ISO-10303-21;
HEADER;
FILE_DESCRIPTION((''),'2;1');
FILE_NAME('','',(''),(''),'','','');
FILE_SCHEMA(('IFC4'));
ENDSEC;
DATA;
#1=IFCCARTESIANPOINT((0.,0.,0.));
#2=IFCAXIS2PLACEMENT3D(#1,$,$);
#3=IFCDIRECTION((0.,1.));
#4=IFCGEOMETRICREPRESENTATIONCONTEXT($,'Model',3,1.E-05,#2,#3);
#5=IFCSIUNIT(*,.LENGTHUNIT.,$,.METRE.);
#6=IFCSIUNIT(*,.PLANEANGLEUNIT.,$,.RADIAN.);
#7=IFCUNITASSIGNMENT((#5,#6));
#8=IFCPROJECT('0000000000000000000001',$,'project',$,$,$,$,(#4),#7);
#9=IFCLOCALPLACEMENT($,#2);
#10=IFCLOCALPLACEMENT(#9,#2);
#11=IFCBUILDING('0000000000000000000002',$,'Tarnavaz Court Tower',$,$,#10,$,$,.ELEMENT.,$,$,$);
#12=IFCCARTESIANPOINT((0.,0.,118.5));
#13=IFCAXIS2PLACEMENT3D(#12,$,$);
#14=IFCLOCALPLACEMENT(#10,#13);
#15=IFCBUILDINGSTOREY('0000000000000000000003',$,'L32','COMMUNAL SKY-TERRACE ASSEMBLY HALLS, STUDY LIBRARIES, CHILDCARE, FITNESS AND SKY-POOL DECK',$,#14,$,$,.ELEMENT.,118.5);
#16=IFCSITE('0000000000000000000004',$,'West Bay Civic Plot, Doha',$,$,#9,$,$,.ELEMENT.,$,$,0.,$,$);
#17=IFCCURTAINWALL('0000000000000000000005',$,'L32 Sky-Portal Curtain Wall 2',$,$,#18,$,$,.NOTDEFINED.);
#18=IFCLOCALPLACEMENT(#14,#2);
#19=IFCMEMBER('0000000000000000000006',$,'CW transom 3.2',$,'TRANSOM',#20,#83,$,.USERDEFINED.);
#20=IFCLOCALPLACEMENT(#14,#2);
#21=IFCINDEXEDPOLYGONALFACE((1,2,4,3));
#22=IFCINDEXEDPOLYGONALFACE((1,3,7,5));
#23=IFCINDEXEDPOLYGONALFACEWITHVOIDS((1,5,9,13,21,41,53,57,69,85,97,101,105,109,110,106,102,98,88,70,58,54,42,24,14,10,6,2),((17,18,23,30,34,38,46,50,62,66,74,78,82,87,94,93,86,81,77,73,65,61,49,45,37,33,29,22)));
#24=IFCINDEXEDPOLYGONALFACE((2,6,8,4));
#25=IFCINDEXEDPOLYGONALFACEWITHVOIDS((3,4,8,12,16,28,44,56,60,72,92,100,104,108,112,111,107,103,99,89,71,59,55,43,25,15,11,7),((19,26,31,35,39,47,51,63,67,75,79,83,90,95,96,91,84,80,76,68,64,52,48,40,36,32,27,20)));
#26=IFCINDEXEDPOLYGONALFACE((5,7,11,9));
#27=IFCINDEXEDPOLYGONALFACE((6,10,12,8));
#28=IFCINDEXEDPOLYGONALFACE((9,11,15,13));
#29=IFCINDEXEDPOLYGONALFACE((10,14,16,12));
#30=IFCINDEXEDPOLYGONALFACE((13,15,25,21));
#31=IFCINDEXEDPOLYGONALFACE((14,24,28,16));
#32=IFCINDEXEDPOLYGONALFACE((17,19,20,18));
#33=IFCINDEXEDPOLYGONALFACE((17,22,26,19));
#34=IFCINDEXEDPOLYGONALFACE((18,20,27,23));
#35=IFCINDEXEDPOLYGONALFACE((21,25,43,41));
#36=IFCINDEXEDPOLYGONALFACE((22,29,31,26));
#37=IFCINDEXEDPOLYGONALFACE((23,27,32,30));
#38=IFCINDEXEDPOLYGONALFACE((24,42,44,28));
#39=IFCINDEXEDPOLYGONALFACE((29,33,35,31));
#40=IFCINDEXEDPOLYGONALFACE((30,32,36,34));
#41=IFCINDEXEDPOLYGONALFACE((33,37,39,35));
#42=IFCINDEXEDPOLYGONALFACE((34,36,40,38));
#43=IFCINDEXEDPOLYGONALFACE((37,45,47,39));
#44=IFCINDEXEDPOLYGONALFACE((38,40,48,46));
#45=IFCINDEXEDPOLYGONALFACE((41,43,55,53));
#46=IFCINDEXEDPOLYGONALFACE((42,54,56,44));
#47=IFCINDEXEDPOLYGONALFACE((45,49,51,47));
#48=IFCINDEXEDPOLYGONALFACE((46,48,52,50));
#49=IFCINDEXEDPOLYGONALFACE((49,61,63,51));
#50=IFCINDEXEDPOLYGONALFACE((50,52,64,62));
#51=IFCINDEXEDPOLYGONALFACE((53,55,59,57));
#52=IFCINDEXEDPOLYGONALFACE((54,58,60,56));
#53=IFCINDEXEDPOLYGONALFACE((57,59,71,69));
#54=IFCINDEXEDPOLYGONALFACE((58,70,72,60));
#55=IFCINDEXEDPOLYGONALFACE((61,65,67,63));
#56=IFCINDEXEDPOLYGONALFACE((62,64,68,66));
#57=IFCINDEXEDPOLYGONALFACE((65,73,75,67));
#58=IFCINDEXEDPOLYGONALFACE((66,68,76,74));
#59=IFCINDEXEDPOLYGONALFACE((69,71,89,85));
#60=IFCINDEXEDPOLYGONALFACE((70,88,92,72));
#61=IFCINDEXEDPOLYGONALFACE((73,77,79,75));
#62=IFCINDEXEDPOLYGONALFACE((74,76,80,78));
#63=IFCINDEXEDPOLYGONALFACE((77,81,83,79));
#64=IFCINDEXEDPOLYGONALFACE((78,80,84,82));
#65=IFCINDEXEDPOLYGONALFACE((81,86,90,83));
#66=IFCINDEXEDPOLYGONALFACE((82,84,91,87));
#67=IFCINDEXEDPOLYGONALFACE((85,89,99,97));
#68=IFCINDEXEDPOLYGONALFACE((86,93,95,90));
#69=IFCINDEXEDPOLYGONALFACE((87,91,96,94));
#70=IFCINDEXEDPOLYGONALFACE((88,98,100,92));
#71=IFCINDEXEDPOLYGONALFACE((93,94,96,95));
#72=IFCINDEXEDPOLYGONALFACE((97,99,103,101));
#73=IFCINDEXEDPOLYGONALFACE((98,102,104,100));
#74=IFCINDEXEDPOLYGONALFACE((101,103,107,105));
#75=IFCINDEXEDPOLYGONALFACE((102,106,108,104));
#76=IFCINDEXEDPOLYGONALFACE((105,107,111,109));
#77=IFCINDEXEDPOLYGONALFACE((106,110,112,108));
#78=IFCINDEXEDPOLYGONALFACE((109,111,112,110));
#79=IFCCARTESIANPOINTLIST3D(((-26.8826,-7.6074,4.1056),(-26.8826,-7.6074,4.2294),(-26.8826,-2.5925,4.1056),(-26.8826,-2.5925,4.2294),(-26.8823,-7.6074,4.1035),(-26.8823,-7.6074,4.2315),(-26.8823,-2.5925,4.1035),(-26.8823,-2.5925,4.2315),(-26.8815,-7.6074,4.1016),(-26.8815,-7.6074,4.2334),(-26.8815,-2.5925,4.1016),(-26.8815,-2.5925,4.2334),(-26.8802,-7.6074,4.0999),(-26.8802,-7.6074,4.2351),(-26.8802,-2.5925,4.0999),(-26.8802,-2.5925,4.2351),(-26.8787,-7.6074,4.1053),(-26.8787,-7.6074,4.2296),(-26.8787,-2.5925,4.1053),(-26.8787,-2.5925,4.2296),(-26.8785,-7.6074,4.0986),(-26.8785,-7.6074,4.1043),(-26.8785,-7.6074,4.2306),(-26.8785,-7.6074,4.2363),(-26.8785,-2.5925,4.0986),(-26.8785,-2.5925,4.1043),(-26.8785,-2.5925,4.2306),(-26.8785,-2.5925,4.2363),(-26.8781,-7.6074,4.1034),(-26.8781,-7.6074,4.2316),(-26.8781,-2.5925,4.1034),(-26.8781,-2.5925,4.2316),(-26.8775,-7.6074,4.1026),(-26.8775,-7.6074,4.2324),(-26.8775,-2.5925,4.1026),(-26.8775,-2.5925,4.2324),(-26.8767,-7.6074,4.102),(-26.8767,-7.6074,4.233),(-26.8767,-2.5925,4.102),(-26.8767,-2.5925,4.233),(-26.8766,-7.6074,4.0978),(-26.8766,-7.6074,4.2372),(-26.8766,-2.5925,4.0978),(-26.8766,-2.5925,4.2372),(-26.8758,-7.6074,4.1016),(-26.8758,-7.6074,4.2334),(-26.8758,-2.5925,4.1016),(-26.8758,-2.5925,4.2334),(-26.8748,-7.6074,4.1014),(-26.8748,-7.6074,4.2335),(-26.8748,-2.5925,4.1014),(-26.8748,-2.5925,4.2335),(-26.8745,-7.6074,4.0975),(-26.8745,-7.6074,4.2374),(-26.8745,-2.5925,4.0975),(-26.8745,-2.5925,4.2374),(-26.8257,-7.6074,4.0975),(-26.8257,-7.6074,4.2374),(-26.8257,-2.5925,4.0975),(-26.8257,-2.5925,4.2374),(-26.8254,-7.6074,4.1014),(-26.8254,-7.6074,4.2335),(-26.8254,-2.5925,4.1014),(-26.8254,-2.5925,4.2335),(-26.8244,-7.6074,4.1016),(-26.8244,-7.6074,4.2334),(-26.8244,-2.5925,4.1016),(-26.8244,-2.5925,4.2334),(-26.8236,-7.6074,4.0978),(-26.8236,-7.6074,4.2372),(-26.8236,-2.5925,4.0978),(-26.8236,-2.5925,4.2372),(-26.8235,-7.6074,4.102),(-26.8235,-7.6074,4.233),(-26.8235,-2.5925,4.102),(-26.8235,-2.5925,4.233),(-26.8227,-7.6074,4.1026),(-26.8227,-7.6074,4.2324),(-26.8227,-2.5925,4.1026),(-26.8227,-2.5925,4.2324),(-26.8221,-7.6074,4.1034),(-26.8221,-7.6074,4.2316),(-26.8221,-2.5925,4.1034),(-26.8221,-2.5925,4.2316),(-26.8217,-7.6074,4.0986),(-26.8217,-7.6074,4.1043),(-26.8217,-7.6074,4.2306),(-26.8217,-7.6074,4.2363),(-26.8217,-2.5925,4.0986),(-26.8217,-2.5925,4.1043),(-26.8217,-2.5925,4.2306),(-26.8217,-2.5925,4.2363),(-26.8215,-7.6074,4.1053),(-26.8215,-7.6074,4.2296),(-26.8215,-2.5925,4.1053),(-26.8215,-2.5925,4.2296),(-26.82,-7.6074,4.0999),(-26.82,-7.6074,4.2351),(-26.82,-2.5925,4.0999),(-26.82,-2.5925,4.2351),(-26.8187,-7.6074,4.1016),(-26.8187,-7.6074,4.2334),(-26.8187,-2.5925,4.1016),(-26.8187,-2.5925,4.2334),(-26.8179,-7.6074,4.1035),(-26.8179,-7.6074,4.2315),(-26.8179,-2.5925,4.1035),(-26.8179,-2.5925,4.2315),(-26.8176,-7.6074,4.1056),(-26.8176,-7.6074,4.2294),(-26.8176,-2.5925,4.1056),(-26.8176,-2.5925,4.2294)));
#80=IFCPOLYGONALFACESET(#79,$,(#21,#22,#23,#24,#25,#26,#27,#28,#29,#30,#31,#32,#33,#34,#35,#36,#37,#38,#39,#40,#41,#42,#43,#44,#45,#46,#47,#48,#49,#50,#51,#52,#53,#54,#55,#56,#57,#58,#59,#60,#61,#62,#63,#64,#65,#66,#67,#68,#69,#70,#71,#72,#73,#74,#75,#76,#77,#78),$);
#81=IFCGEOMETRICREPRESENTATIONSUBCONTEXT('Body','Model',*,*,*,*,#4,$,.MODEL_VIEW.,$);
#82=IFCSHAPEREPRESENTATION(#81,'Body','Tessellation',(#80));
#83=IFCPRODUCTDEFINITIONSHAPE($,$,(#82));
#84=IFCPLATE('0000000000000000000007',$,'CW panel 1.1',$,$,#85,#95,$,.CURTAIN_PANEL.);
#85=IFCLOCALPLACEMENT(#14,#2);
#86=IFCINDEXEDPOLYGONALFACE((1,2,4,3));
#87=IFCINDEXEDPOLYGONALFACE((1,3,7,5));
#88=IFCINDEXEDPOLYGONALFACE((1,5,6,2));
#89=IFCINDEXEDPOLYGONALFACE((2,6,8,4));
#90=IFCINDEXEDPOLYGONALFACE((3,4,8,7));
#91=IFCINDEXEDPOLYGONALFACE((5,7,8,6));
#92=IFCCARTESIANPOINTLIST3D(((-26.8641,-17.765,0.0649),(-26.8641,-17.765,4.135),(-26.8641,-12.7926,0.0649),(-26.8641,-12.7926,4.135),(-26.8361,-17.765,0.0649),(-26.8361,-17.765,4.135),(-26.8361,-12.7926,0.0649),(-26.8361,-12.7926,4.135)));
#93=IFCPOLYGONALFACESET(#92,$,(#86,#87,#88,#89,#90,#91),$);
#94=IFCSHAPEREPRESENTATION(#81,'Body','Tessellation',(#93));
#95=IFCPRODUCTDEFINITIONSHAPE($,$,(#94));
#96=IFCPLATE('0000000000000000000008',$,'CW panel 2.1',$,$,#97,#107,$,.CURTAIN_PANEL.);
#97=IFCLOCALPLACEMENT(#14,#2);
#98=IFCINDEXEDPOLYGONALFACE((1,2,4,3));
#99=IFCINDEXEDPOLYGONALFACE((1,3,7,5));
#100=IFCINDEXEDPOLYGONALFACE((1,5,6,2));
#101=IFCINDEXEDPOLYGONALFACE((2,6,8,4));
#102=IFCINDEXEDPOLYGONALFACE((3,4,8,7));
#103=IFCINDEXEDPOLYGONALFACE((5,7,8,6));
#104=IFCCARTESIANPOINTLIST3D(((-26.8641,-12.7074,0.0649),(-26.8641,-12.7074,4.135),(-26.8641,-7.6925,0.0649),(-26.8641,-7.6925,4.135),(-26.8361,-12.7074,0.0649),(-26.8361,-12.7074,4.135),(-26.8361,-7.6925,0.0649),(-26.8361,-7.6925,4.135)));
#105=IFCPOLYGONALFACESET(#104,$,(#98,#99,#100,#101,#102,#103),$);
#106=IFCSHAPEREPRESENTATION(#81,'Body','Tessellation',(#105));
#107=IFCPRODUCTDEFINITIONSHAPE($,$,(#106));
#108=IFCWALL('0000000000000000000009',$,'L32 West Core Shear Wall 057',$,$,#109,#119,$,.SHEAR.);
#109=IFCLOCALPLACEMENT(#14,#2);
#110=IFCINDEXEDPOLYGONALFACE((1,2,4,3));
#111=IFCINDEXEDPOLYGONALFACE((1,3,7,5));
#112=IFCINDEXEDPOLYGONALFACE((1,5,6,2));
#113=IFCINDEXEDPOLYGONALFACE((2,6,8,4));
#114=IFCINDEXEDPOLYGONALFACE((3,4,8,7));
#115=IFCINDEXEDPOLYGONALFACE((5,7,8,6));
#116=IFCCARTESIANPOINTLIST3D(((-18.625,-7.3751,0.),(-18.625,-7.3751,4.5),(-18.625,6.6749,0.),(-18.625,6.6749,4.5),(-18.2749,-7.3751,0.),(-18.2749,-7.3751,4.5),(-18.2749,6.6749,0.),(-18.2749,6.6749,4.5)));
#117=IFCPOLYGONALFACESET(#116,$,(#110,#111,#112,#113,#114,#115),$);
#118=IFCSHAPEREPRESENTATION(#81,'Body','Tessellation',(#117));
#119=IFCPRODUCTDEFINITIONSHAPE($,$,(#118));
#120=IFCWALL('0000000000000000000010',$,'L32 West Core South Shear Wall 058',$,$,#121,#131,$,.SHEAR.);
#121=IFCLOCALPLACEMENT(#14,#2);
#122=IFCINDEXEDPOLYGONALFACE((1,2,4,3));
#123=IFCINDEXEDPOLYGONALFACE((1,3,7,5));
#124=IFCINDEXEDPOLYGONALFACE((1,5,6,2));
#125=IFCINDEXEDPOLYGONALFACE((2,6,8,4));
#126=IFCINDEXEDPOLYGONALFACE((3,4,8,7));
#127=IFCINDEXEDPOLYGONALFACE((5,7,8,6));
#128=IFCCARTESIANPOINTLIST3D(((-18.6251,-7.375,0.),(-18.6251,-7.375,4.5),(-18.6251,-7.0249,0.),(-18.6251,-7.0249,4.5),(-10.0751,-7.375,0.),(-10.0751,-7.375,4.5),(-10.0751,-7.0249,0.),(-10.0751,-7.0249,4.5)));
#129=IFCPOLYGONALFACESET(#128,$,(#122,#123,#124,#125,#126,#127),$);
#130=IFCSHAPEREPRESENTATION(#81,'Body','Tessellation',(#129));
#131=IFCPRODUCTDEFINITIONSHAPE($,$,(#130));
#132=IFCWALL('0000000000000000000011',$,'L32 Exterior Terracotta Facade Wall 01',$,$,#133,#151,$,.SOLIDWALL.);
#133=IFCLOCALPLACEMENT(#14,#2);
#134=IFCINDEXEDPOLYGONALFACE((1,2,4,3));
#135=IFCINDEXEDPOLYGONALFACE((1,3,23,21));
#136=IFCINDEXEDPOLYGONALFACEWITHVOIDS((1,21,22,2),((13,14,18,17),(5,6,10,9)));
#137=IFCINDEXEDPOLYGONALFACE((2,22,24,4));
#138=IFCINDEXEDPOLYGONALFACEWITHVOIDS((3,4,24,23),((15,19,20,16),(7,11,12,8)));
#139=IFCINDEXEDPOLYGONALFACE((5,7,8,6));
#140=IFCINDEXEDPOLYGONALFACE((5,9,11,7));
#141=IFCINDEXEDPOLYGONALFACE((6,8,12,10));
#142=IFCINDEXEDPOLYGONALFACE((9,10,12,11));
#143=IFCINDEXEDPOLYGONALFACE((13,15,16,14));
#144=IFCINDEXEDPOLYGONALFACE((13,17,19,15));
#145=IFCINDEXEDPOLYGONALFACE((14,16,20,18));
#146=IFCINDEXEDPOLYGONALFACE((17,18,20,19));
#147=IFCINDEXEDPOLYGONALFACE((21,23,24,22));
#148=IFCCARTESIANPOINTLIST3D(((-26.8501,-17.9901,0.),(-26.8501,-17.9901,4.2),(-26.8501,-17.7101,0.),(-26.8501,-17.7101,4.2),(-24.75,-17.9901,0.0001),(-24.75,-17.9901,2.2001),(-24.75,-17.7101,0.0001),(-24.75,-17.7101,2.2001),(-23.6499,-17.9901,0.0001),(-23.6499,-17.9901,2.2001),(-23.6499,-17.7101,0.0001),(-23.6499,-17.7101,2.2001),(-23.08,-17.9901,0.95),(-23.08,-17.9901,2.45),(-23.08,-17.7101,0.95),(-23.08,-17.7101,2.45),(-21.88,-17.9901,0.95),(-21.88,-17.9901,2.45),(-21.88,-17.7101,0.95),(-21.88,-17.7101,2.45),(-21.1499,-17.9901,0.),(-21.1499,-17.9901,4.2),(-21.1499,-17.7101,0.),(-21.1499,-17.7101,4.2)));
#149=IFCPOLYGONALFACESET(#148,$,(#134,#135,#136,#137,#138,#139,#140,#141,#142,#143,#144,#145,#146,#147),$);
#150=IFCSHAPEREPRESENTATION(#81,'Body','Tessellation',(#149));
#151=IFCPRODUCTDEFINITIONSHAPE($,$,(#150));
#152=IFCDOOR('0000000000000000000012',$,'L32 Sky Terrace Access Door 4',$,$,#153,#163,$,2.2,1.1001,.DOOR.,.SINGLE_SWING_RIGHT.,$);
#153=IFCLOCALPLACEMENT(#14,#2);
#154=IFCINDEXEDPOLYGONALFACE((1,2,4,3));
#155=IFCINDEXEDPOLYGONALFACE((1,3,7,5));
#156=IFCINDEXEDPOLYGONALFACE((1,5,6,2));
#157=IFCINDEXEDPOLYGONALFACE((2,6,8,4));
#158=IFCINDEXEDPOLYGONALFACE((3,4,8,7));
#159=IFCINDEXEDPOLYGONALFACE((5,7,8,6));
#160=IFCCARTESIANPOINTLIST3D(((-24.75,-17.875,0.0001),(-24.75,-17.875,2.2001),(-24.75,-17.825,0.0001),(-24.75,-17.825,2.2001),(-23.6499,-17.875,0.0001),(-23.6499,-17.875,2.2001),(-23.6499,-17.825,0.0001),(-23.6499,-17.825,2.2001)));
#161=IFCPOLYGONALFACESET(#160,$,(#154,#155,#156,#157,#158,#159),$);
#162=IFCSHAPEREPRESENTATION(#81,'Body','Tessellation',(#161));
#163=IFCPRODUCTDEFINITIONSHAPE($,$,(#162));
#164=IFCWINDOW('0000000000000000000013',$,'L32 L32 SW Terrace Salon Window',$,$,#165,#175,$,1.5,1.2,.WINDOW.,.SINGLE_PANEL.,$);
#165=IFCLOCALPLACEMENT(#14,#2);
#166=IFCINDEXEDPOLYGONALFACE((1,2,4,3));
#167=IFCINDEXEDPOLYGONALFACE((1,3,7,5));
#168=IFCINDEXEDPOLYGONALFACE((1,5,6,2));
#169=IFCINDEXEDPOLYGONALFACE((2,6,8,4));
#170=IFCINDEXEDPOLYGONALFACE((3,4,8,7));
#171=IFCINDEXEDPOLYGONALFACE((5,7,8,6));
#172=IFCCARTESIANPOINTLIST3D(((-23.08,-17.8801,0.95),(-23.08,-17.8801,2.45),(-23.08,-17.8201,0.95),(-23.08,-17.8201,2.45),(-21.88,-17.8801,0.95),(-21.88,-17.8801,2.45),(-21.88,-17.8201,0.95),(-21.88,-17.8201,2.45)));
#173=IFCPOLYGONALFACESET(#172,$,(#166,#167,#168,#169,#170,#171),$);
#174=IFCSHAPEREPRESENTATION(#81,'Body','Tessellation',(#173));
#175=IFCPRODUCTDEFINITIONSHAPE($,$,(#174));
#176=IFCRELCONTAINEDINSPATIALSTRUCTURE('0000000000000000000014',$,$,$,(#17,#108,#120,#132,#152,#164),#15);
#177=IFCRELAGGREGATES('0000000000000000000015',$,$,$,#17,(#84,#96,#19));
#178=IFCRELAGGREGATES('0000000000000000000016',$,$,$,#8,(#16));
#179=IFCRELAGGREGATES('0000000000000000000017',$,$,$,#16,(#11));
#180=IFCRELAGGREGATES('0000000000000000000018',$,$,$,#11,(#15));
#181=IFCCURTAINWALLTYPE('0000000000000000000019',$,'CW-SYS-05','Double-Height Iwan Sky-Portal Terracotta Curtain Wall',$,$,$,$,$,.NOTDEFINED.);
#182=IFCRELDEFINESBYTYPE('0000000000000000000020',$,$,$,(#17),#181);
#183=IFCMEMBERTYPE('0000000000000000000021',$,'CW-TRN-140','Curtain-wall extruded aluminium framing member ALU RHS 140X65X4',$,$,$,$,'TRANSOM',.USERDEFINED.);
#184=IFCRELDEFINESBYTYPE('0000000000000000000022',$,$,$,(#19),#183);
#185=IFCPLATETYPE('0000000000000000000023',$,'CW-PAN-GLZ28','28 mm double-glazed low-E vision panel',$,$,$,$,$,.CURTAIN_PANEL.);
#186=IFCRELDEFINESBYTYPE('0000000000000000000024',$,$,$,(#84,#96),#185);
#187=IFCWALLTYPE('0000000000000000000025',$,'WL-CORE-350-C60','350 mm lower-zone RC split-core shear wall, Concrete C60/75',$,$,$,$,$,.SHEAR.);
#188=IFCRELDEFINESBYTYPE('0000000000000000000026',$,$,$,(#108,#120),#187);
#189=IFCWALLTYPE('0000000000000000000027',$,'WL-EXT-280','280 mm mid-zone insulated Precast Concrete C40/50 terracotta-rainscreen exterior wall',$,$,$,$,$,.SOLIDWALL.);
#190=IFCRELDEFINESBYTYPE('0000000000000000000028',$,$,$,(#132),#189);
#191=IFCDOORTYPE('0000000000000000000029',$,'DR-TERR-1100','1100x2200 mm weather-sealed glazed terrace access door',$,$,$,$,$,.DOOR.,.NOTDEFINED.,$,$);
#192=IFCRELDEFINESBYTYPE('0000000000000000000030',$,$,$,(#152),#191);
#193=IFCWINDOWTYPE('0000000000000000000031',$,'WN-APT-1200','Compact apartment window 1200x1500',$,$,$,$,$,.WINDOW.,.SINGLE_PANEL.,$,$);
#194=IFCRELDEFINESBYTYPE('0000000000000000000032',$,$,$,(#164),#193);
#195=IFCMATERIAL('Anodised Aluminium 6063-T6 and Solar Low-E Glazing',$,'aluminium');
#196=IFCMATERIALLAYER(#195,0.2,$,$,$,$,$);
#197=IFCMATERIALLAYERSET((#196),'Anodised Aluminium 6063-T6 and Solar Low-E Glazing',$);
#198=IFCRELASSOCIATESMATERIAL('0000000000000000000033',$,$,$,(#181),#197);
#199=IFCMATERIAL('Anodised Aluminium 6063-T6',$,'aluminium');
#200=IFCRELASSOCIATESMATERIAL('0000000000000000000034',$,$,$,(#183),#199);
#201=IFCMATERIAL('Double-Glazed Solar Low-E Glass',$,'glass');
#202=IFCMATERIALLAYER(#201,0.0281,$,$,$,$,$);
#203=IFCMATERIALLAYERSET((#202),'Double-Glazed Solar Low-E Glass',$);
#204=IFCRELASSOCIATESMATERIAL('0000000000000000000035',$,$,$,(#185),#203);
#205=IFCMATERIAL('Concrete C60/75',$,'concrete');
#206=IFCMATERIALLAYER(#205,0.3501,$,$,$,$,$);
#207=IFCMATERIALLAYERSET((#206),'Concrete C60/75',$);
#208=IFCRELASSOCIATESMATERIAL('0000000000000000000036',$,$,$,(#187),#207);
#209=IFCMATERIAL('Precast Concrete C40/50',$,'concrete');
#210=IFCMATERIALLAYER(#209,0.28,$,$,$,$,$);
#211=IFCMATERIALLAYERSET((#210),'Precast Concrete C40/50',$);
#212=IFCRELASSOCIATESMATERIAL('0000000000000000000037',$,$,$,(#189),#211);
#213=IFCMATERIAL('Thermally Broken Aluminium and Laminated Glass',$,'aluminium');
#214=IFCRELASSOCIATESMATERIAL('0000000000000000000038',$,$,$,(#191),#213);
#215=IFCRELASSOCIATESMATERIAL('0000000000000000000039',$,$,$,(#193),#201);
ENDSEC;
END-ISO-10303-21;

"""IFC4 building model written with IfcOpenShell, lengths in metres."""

from ifc_helpers import new_model, si_unit, direction, frame, frame_2d, origin, origin_2d, place, context, subcontext, project, spatial, rectangle, hollow_rectangle, extrude, material, layer, layer_set, material_profile, profile_set, type_object, element, fill, aggregate, save


model = new_model("IFC4")

# Units and contexts
model_context = context("Model", 3, precision=1e-05, world=origin(), true_north=direction((0.0, 1.0)))
body_context = subcontext(model_context, "Body", "Model", "MODEL_VIEW")
ifc_project = project(units=[si_unit("LENGTHUNIT", "METRE"), si_unit("PLANEANGLEUNIT", "RADIAN")], contexts=[model_context])

# Site, building, storey
site_placement = place(None, origin())
site = spatial("IfcSite", under=ifc_project, at=site_placement, Name="West Bay Civic Plot, Doha", CompositionType="ELEMENT", RefElevation=0.0)
building_placement = place(site_placement, origin())
building = spatial("IfcBuilding", under=site, at=building_placement, Name="Tarnavaz Court Tower", CompositionType="ELEMENT")
storey_placement = place(building_placement, frame((0.0, 0.0, 118.5)))
storey = spatial("IfcBuildingStorey", under=building, at=storey_placement, Name="L32", Description="COMMUNAL SKY-TERRACE ASSEMBLY HALLS, STUDY LIBRARIES, CHILDCARE, FITNESS AND SKY-POOL DECK", CompositionType="ELEMENT", Elevation=118.5)

# Shared definitions
ifc_material_1 = material(Name="Concrete C60/75", Category="concrete")

# Curtain wall, member, plates
ifc_material_2 = material(Name="Anodised Aluminium 6063-T6 and Solar Low-E Glazing", Category="aluminium")
ifc_layer_1 = layer(ifc_material_2, 0.2)
ifc_layer_set_1 = layer_set([ifc_layer_1], Name="Anodised Aluminium 6063-T6 and Solar Low-E Glazing")
curtain_wall_type = type_object("IfcCurtainWallType", Name="CW-SYS-05", Description="Double-Height Iwan Sky-Portal Terracotta Curtain Wall", PredefinedType="NOTDEFINED", material=ifc_layer_set_1)
curtain_wall_placement = place(storey_placement, origin())
curtain_wall = element("IfcCurtainWall", 1, at=curtain_wall_placement, inside=storey, type_object=curtain_wall_type, Name="L32 Sky-Portal Curtain Wall 2", PredefinedType="NOTDEFINED")
ifc_material_3 = material(Name="Anodised Aluminium 6063-T6", Category="aluminium")
ifc_material_profile_1 = material_profile(ifc_material_3, hollow_rectangle(XDim=0.0649, YDim=0.1399, WallThickness=0.0039, InnerFilletRadius=0.0039, OuterFilletRadius=0.0081, at=origin_2d()), Name="ALU RHS 140X65X4")
ifc_profile_set_1 = profile_set([ifc_material_profile_1], Name="Anodised Aluminium 6063-T6")
member_type_1 = type_object("IfcMemberType", Name="CW-TRN-140", Description="Curtain-wall extruded aluminium framing member ALU RHS 140X65X4", ElementType="TRANSOM", PredefinedType="USERDEFINED", material=ifc_profile_set_1)
member_1_placement = place(storey_placement, frame((-26.8501, -7.6074, 4.1675), z_axis=(0.0, 1.0, 0.0), x_axis=(-1.0, 0.0, 0.0)))
member_1 = element("IfcMember", 2, at=member_1_placement, type_object=member_type_1, Name="CW transom 3.2", ObjectType="TRANSOM", PredefinedType="USERDEFINED", context=body_context, shape_type="SweptSolid", body=[
    extrude(hollow_rectangle(XDim=0.0649, YDim=0.1399, WallThickness=0.0039, InnerFilletRadius=0.0039, OuterFilletRadius=0.0081, at=origin_2d()), origin(), (0.0, 0.0, 1.0), 5.0149),
])
ifc_material_4 = material(Name="Double-Glazed Solar Low-E Glass", Category="glass")
ifc_layer_2 = layer(ifc_material_4, 0.0281)
ifc_layer_set_2 = layer_set([ifc_layer_2], Name="Double-Glazed Solar Low-E Glass")
plate_type = type_object("IfcPlateType", Name="CW-PAN-GLZ28", Description="28 mm double-glazed low-E vision panel", PredefinedType="CURTAIN_PANEL", material=ifc_layer_set_2)
plate_1_placement = place(storey_placement, frame((-26.8501, -15.2788, 0.0649), z_axis=(0.0, 0.0, 1.0), x_axis=(0.0, 1.0, 0.0)))
plate_1 = element("IfcPlate", 3, at=plate_1_placement, type_object=plate_type, Name="CW panel 1.1", PredefinedType="CURTAIN_PANEL", context=body_context, shape_type="SweptSolid", body=[
    extrude(rectangle(XDim=4.9724, YDim=0.0281, at=origin_2d()), origin(), (0.0, 0.0, 1.0), 4.0701),
])
plate_2_placement = place(storey_placement, frame((-26.8501, -10.2, 0.0649), z_axis=(0.0, 0.0, 1.0), x_axis=(0.0, 1.0, 0.0)))
plate_2 = element("IfcPlate", 4, at=plate_2_placement, type_object=plate_type, Name="CW panel 2.1", PredefinedType="CURTAIN_PANEL", context=body_context, shape_type="SweptSolid", body=[
    extrude(rectangle(XDim=5.0149, YDim=0.0281, at=origin_2d()), origin(), (0.0, 0.0, 1.0), 4.0701),
])
aggregate(curtain_wall, [plate_1, plate_2, member_1])

# Walls
ifc_layer_3 = layer(ifc_material_1, 0.3501)
ifc_layer_set_3 = layer_set([ifc_layer_3], Name="Concrete C60/75")
wall_type_1 = type_object("IfcWallType", Name="WL-CORE-350-C60", Description="350 mm lower-zone RC split-core shear wall, Concrete C60/75", PredefinedType="SHEAR", material=ifc_layer_set_3)
wall_1_placement = place(storey_placement, frame((-18.45, -7.375, 0.0), z_axis=(0.0, 0.0, 1.0), x_axis=(0.0, 1.0, 0.0)))
element("IfcWall", 5, at=wall_1_placement, inside=storey, type_object=wall_type_1, Name="L32 West Core Shear Wall 057", PredefinedType="SHEAR", context=body_context, shape_type="SweptSolid", body=[
    extrude(rectangle(XDim=14.05, YDim=0.3501, at=frame_2d((7.0249, 0.0))), origin(), (0.0, 0.0, 1.0), 4.5),
])
wall_2_placement = place(storey_placement, frame((-18.625, -7.2, 0.0), z_axis=(0.0, 0.0, 1.0), x_axis=(1.0, 0.0, 0.0)))
element("IfcWall", 6, at=wall_2_placement, inside=storey, type_object=wall_type_1, Name="L32 West Core South Shear Wall 058", PredefinedType="SHEAR", context=body_context, shape_type="SweptSolid", body=[
    extrude(rectangle(XDim=8.55, YDim=0.3501, at=frame_2d((4.2749, 0.0))), origin(), (0.0, 0.0, 1.0), 4.5),
])

# Wall, openings, door, window
ifc_material_5 = material(Name="Precast Concrete C40/50", Category="concrete")
ifc_layer_4 = layer(ifc_material_5, 0.28)
ifc_layer_set_4 = layer_set([ifc_layer_4], Name="Precast Concrete C40/50")
wall_type_2 = type_object("IfcWallType", Name="WL-EXT-280", Description="280 mm mid-zone insulated Precast Concrete C40/50 terracotta-rainscreen exterior wall", PredefinedType="SOLIDWALL", material=ifc_layer_set_4)
wall_3_placement = place(storey_placement, frame((-21.1499, -17.8501, 0.0), z_axis=(0.0, 0.0, 1.0), x_axis=(-1.0, 0.0, 0.0)))
wall_3 = element("IfcWall", 7, at=wall_3_placement, inside=storey, type_object=wall_type_2, Name="L32 Exterior Terracotta Facade Wall 01", PredefinedType="SOLIDWALL", context=body_context, shape_type="SweptSolid", body=[
    extrude(rectangle(XDim=5.7002, YDim=0.28, at=frame_2d((2.8501, 0.0))), origin(), (0.0, 0.0, 1.0), 4.2),
])
opening_1_placement = place(wall_3_placement, frame((2.5, 0.0, 0.0)))
opening_1 = element("IfcOpeningElement", 8, at=opening_1_placement, cuts=wall_3, PredefinedType="OPENING", context=body_context, shape_type="SweptSolid", body=[
    extrude(rectangle(XDim=1.1001, YDim=2.2, at=frame_2d((0.55, 1.1001))), frame((0.0, 0.1499, 0.0), z_axis=(0.0, -1.0, 0.0), x_axis=(1.0, 0.0, 0.0)), (0.0, 0.0, 1.0), 0.3),
])
opening_2_placement = place(wall_3_placement, frame((0.73, 0.0, 0.95)))
opening_2 = element("IfcOpeningElement", 9, at=opening_2_placement, cuts=wall_3, PredefinedType="OPENING", context=body_context, shape_type="SweptSolid", body=[
    extrude(rectangle(XDim=1.2, YDim=1.5, at=frame_2d((0.6001, 0.75))), frame((0.0, 0.1499, 0.0), z_axis=(0.0, -1.0, 0.0), x_axis=(1.0, 0.0, 0.0)), (0.0, 0.0, 1.0), 0.3),
])
ifc_material_6 = material(Name="Thermally Broken Aluminium and Laminated Glass", Category="aluminium")
door_type_1 = type_object("IfcDoorType", Name="DR-TERR-1100", Description="1100x2200 mm weather-sealed glazed terrace access door", OperationType="NOTDEFINED", PredefinedType="DOOR", material=ifc_material_6)
door_1_placement = place(opening_1_placement, origin())
door_1 = element("IfcDoor", 10, at=door_1_placement, inside=storey, type_object=door_type_1, Name="L32 Sky Terrace Access Door 4", OperationType="SINGLE_SWING_RIGHT", OverallHeight=2.2, OverallWidth=1.1001, PredefinedType="DOOR", context=body_context, shape_type="SweptSolid", body=[
    extrude(rectangle(XDim=1.1001, YDim=2.2, at=frame_2d((0.55, 1.1001))), frame((0.0, 0.0249, 0.0), z_axis=(0.0, -1.0, 0.0), x_axis=(1.0, 0.0, 0.0)), (0.0, 0.0, 1.0), 0.05),
])
fill(opening_1, door_1)
window_type_1 = type_object("IfcWindowType", Name="WN-APT-1200", Description="Compact apartment window 1200x1500", PartitioningType="SINGLE_PANEL", PredefinedType="WINDOW", material=ifc_material_4)
window_1_placement = place(opening_2_placement, origin())
window_1 = element("IfcWindow", 11, at=window_1_placement, inside=storey, type_object=window_type_1, Name="L32 L32 SW Terrace Salon Window", OverallHeight=1.5, OverallWidth=1.2, PartitioningType="SINGLE_PANEL", PredefinedType="WINDOW", context=body_context, shape_type="SweptSolid", body=[
    extrude(rectangle(XDim=1.2, YDim=1.5, at=frame_2d((0.6001, 0.75))), frame((0.0, 0.03, 0.0), z_axis=(0.0, -1.0, 0.0), x_axis=(1.0, 0.0, 0.0)), (0.0, 0.0, 1.0), 0.0601),
])
fill(opening_2, window_1)

save(model, "model.ifc")
